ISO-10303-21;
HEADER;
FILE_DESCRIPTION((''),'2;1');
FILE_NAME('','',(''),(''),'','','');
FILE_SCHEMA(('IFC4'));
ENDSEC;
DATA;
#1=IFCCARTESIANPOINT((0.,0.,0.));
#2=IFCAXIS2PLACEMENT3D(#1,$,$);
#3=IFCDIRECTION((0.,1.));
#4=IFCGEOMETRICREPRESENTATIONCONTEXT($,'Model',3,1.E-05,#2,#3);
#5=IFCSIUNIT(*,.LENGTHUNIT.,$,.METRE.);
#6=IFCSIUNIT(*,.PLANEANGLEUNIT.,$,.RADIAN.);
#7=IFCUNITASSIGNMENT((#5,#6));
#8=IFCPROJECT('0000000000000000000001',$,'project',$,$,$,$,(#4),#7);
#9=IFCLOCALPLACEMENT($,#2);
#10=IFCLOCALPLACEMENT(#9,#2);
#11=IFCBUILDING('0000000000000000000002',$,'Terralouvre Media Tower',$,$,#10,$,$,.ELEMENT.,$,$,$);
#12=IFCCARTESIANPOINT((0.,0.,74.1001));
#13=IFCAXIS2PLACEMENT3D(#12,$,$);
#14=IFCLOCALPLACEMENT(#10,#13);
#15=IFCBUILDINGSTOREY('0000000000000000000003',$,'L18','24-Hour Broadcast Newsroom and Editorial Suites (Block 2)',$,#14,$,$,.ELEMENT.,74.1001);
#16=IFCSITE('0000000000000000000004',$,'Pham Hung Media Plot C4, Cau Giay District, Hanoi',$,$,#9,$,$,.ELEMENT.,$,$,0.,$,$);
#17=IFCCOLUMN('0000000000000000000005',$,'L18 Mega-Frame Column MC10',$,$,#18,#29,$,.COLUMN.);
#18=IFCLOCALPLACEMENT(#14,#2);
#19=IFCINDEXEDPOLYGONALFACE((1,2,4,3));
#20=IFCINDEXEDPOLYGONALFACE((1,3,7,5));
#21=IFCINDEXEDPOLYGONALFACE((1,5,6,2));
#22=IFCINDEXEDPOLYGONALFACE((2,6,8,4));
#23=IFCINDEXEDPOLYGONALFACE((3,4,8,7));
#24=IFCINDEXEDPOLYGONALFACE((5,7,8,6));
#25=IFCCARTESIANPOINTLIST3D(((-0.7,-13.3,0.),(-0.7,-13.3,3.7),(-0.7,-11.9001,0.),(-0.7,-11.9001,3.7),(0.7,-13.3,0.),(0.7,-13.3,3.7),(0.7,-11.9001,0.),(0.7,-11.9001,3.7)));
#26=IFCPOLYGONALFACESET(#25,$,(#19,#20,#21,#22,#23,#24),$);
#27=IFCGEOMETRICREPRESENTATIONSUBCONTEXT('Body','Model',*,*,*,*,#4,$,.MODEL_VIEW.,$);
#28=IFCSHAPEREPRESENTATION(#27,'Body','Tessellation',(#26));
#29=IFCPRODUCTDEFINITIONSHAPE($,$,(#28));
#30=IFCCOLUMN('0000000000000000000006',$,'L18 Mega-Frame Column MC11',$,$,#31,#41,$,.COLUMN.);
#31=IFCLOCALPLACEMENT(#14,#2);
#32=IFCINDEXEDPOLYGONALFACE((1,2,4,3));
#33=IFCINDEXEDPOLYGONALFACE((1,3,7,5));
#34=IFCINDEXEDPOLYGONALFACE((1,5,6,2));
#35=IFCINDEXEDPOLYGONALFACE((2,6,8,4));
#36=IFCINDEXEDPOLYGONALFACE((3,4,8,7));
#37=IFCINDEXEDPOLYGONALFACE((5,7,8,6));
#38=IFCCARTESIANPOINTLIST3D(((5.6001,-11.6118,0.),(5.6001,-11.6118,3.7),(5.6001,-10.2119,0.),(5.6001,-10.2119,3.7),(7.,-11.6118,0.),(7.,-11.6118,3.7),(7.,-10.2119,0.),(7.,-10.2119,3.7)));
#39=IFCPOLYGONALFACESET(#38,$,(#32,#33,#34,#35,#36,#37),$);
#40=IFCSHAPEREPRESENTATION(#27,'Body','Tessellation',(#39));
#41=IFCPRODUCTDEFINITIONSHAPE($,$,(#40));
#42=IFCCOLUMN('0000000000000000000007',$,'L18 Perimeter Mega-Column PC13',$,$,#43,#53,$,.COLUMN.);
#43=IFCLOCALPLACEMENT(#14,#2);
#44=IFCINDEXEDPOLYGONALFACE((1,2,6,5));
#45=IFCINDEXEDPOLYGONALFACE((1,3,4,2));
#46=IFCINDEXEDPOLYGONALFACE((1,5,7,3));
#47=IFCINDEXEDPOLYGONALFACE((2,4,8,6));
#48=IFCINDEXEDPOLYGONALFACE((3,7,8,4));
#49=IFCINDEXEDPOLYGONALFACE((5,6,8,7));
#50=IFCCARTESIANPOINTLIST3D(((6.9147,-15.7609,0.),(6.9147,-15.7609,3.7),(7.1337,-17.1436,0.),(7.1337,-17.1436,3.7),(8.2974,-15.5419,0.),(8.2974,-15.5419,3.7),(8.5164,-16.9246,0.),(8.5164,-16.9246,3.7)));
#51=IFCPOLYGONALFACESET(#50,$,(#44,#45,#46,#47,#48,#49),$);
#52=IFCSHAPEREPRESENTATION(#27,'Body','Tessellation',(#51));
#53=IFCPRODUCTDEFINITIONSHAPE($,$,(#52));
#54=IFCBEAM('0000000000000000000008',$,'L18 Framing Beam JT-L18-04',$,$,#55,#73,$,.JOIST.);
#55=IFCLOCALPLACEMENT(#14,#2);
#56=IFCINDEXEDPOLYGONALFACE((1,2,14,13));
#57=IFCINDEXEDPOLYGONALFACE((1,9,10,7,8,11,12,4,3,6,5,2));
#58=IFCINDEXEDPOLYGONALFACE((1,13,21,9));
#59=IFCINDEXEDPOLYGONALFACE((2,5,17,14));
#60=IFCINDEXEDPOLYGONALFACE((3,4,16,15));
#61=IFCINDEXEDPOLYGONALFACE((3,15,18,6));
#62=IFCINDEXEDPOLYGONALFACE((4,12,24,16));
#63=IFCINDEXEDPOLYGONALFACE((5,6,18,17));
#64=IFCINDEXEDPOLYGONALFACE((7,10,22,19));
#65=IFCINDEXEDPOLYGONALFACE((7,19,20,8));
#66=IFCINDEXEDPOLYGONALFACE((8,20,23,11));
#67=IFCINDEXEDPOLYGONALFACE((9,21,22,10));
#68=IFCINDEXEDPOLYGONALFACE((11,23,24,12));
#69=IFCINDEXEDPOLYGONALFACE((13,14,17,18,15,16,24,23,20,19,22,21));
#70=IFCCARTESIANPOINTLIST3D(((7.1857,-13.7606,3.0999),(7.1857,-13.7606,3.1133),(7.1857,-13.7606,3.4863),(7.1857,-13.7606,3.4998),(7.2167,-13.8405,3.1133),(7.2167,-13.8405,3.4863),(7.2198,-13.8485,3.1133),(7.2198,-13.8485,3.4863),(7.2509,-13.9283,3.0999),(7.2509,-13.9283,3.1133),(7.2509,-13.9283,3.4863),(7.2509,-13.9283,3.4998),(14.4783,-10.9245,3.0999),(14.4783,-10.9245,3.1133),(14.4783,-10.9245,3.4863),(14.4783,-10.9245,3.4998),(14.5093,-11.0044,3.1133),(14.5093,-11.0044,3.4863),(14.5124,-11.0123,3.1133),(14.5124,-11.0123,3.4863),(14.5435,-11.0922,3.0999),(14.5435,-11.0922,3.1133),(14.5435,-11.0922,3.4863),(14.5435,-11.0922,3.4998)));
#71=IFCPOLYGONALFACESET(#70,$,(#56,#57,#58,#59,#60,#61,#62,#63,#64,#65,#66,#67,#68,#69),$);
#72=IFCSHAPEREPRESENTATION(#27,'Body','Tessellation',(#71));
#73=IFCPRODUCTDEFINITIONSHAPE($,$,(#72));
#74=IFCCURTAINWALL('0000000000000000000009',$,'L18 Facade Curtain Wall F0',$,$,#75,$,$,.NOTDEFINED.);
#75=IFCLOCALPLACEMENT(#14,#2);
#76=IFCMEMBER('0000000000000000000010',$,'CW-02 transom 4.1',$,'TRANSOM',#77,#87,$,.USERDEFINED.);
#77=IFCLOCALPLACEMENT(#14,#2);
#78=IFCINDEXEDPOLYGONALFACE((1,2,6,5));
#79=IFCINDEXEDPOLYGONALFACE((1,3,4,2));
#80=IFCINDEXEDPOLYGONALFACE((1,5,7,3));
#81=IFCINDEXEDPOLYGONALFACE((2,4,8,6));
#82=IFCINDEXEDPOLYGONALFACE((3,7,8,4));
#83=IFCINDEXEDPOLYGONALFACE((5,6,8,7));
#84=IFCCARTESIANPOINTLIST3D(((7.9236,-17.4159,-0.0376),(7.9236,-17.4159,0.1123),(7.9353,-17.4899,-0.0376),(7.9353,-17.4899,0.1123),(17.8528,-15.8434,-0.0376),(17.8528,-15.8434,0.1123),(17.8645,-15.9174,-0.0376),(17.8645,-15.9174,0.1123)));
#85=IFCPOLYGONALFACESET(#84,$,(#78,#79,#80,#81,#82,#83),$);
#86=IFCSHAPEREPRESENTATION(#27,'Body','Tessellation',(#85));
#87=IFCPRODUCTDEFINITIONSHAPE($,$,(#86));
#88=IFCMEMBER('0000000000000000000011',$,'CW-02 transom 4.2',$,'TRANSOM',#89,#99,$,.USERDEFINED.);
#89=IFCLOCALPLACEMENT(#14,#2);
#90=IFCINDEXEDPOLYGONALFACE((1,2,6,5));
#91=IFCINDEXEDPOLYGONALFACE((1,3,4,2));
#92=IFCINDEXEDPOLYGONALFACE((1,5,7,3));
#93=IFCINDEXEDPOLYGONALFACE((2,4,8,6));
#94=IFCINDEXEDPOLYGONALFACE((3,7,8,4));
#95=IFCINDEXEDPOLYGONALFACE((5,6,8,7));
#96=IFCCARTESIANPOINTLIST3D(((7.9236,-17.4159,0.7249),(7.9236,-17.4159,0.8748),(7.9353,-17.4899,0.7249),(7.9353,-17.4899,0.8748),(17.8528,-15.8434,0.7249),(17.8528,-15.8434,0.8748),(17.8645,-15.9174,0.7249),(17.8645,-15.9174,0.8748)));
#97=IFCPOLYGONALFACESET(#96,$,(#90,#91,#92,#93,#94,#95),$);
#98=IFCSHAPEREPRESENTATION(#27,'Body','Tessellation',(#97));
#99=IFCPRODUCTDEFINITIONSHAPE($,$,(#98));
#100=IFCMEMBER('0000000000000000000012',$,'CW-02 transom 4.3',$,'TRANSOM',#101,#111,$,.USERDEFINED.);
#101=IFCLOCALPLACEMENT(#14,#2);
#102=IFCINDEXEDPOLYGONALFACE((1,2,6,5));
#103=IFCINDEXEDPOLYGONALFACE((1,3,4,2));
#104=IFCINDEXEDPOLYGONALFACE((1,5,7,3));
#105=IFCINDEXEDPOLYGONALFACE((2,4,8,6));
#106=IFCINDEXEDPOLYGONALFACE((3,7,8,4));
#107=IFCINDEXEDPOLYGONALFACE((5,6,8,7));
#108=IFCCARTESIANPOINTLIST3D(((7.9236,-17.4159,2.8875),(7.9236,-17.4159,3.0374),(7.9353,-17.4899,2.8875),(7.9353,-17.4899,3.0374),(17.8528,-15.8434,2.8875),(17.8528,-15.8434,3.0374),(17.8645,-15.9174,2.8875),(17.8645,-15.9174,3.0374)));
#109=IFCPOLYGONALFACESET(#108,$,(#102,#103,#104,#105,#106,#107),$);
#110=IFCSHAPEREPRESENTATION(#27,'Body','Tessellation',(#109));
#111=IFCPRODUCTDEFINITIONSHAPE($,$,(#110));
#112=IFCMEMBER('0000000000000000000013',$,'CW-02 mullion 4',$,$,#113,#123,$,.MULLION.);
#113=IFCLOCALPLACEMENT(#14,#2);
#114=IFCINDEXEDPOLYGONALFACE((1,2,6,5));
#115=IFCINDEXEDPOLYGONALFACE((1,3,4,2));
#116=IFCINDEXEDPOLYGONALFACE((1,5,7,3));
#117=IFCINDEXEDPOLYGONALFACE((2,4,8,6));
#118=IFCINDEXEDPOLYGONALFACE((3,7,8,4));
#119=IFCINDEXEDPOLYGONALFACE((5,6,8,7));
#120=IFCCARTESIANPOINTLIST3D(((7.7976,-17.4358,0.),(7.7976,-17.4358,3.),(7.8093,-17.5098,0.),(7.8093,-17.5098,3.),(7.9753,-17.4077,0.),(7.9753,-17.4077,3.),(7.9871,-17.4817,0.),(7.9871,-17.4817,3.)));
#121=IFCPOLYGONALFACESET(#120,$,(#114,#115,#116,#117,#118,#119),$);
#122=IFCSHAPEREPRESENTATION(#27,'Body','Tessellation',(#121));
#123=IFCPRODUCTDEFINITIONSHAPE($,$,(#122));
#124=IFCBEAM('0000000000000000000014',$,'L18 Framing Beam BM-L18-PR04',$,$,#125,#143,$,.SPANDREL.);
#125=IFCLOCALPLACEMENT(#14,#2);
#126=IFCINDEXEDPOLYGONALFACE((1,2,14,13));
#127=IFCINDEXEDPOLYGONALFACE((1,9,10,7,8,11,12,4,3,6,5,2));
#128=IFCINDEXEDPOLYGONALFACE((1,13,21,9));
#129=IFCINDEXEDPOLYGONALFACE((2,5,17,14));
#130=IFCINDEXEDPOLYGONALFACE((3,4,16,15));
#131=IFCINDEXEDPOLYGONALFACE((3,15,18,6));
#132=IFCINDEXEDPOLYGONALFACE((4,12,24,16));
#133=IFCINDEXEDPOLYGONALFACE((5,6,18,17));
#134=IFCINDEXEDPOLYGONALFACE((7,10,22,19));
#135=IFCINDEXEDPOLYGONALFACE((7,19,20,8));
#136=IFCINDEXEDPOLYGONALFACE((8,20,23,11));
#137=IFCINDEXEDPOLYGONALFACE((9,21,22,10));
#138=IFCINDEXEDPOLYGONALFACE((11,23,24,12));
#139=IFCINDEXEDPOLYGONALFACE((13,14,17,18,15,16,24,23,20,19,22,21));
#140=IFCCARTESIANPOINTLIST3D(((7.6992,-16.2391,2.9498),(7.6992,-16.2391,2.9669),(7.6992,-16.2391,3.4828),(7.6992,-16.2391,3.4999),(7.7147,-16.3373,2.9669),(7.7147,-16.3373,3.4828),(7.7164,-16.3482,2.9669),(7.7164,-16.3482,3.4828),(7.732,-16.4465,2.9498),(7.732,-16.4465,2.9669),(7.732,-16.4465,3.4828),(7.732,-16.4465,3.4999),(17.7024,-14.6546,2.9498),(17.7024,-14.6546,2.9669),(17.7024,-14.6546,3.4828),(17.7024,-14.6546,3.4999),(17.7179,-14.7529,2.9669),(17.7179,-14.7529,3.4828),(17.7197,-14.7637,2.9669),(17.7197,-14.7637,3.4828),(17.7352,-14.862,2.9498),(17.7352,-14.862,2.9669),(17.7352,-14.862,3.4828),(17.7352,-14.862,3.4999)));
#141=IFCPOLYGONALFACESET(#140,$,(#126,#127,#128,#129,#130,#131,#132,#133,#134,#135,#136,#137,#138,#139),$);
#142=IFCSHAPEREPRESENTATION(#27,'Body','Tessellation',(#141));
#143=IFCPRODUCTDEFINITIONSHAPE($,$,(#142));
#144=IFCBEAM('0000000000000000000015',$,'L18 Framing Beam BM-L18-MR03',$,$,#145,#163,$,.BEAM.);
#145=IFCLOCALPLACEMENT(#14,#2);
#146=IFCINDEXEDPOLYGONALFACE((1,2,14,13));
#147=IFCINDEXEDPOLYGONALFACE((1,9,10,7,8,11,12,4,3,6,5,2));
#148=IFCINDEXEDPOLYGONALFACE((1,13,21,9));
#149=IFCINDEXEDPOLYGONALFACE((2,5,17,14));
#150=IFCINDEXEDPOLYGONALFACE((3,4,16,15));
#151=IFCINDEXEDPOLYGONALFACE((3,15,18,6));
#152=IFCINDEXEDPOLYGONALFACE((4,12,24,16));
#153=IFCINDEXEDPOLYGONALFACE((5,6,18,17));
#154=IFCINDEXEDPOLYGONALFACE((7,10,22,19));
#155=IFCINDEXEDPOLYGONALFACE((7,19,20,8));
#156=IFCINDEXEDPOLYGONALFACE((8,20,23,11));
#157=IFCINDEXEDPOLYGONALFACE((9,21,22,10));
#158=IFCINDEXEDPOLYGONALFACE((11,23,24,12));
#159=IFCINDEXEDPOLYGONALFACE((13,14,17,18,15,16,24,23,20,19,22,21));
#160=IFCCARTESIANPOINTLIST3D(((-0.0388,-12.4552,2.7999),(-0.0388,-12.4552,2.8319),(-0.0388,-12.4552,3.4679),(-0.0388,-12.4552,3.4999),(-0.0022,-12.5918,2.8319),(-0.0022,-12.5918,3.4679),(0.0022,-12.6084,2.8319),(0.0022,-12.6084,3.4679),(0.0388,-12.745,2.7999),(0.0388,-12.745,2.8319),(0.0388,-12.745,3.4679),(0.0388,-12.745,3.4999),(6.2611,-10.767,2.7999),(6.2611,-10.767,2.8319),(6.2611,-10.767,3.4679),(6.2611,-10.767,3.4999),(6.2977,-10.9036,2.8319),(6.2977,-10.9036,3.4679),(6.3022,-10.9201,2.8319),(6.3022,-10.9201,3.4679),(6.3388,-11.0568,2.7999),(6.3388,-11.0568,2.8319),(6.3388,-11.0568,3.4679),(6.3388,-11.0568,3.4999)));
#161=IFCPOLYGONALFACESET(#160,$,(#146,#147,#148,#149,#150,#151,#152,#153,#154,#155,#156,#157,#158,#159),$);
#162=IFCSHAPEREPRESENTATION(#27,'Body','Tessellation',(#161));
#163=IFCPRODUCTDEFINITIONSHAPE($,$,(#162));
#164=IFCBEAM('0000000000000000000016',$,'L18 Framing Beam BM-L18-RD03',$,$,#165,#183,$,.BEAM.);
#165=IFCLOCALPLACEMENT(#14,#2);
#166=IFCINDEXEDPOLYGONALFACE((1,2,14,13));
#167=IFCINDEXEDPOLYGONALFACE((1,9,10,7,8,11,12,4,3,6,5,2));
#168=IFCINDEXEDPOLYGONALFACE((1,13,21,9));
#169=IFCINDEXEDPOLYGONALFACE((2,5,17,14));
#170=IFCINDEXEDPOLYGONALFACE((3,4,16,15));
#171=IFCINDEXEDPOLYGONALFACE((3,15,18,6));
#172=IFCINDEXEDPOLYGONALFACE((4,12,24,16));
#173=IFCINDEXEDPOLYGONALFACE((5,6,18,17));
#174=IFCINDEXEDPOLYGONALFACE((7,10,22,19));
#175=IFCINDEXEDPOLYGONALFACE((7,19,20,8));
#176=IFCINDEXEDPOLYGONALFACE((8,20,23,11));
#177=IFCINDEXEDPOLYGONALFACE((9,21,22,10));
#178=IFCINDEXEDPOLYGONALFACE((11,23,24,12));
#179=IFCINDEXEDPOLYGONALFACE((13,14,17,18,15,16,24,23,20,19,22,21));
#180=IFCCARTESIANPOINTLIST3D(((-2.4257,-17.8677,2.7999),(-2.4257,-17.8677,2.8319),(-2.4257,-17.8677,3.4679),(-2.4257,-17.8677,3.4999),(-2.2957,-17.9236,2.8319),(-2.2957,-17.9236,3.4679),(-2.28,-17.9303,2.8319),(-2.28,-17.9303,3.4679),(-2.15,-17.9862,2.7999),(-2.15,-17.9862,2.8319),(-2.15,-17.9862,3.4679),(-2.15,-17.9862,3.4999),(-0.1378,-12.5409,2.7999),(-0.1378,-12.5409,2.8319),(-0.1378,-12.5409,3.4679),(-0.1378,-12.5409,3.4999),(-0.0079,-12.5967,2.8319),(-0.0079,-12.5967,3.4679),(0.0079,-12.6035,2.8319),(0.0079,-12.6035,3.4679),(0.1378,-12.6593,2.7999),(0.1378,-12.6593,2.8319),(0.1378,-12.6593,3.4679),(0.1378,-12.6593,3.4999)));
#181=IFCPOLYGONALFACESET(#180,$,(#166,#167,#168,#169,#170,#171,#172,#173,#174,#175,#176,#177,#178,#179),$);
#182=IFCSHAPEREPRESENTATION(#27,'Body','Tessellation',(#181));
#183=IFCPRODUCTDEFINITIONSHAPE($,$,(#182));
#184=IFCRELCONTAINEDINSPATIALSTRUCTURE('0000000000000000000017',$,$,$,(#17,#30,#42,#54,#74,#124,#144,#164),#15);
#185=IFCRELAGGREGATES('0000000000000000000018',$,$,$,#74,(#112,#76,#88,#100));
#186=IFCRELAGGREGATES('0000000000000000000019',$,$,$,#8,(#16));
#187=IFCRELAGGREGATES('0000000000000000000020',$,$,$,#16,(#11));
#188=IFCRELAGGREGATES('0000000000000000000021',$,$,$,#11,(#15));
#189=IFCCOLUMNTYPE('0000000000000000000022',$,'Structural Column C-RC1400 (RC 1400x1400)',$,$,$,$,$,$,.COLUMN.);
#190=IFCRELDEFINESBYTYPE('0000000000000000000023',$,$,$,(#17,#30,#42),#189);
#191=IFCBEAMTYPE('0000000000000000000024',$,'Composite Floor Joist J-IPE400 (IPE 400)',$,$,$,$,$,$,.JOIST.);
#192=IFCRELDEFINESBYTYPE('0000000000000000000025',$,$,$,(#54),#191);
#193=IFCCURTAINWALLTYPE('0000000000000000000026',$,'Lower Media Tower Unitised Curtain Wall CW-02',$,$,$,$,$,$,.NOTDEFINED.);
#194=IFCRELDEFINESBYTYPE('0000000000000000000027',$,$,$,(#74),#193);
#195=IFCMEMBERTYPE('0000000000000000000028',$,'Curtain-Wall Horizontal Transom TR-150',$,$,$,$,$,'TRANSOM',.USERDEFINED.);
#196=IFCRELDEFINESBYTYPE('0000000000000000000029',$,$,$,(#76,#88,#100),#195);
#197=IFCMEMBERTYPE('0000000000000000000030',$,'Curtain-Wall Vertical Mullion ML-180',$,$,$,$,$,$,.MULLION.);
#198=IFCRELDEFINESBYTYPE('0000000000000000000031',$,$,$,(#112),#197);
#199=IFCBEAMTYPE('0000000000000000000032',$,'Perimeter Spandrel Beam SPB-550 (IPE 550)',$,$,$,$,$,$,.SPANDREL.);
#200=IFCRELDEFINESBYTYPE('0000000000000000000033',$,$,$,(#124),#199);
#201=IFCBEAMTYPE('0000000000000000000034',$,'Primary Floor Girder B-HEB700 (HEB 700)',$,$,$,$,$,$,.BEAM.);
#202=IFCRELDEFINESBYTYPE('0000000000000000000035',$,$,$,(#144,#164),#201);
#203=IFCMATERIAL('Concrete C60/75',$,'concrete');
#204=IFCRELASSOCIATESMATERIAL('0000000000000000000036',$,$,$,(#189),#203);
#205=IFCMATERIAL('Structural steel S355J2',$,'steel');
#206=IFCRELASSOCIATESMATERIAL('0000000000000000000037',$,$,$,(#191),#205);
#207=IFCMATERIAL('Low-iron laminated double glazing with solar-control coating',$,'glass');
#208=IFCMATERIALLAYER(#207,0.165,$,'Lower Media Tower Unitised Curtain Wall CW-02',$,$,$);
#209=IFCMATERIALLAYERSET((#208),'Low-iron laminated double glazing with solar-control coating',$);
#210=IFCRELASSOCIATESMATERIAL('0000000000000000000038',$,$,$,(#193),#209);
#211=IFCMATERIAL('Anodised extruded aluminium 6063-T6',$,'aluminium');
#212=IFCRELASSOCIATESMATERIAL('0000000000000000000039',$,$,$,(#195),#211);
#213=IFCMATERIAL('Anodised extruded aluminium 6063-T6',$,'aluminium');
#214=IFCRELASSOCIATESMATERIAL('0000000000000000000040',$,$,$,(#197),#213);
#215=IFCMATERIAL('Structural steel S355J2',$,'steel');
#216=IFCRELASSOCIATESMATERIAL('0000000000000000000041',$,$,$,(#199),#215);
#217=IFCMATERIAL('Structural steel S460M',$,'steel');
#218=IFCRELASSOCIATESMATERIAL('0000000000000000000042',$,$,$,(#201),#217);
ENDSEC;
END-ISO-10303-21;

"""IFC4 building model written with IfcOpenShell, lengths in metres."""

from ifc_helpers import new_model, si_unit, direction, frame, origin, origin_2d, place, context, subcontext, project, spatial, rectangle, i_section, extrude, material, layer, layer_set, material_profile, profile_set, type_object, element, aggregate, save


model = new_model("IFC4")

# Units and contexts
model_context = context("Model", 3, precision=1e-05, world=origin(), true_north=direction((0.0, 1.0)))
body_context = subcontext(model_context, "Body", "Model", "MODEL_VIEW")
ifc_project = project(units=[si_unit("LENGTHUNIT", "METRE"), si_unit("PLANEANGLEUNIT", "RADIAN")], contexts=[model_context])

# Site, building, storey
site_placement = place(None, origin())
site = spatial("IfcSite", under=ifc_project, at=site_placement, Name="Pham Hung Media Plot C4, Cau Giay District, Hanoi", CompositionType="ELEMENT", RefElevation=0.0)
building_placement = place(site_placement, origin())
building = spatial("IfcBuilding", under=site, at=building_placement, Name="Terralouvre Media Tower", CompositionType="ELEMENT")
storey_placement = place(building_placement, frame((0.0, 0.0, 74.1001)))
storey = spatial("IfcBuildingStorey", under=building, at=storey_placement, Name="L18", Description="24-Hour Broadcast Newsroom and Editorial Suites (Block 2)", CompositionType="ELEMENT", Elevation=74.1001)

# Columns
ifc_material_1 = material(Name="Concrete C60/75", Category="concrete")
ifc_material_profile_1 = material_profile(ifc_material_1, rectangle(XDim=1.3999, YDim=1.3999, at=origin_2d()), Name="RC 1400x1400")
ifc_profile_set_1 = profile_set([ifc_material_profile_1], Name="Concrete C60/75")
column_type = type_object("IfcColumnType", Name="Structural Column C-RC1400 (RC 1400x1400)", PredefinedType="COLUMN", material=ifc_profile_set_1)
for number, where, z_axis, x_axis, name in (
    (1, (0.0, -12.6001, 0.0), (0.0, 0.0, 1.0), (1.0, 0.0, 0.0), "L18 Mega-Frame Column MC10"),
    (2, (6.3, -10.9119, 0.0), (0.0, 0.0, 1.0), (1.0, 0.0, 0.0), "L18 Mega-Frame Column MC11"),
    (3, (7.7156, -16.3428, 0.0), (0.0, 0.0, 1.0), (0.987688, 0.156434, 0.0), "L18 Perimeter Mega-Column PC13"),
):
    element("IfcColumn", number, at=place(storey_placement, frame(where, z_axis=z_axis, x_axis=x_axis)), inside=storey, type_object=column_type, Name=name, PredefinedType="COLUMN", context=body_context, shape_type="SweptSolid", body=[
        extrude(rectangle(XDim=1.3999, YDim=1.3999, at=origin_2d()), origin(), (0.0, 0.0, 1.0), 3.7),
    ])

# Beam
ifc_material_2 = material(Name="Structural steel S355J2", Category="steel")
ifc_material_profile_2 = material_profile(ifc_material_2, i_section(OverallWidth=0.1799, OverallDepth=0.3999, WebThickness=0.0085, FlangeThickness=0.0134, at=origin_2d()), Name="IPE 400")
ifc_profile_set_2 = profile_set([ifc_material_profile_2], Name="Structural steel S355J2")
beam_type_1 = type_object("IfcBeamType", Name="Composite Floor Joist J-IPE400 (IPE 400)", PredefinedType="JOIST", material=ifc_profile_set_2)
beam_1_placement = place(storey_placement, frame((7.2183, -13.8445, 3.2998), z_axis=(0.931999, 0.36246, 0.0), x_axis=(-0.36246, 0.931999, 0.0)))
element("IfcBeam", 4, at=beam_1_placement, inside=storey, type_object=beam_type_1, Name="L18 Framing Beam JT-L18-04", PredefinedType="JOIST", context=body_context, shape_type="SweptSolid", body=[
    extrude(i_section(OverallWidth=0.1799, OverallDepth=0.3999, WebThickness=0.0085, FlangeThickness=0.0134, at=origin_2d()), origin(), (0.0, 0.0, 1.0), 7.8247),
])

# Curtain wall, members
ifc_material_3 = material(Name="Low-iron laminated double glazing with solar-control coating", Category="glass")
ifc_layer_1 = layer(ifc_material_3, 0.165, Name="Lower Media Tower Unitised Curtain Wall CW-02")
ifc_layer_set_1 = layer_set([ifc_layer_1], Name="Low-iron laminated double glazing with solar-control coating")
curtain_wall_type = type_object("IfcCurtainWallType", Name="Lower Media Tower Unitised Curtain Wall CW-02", PredefinedType="NOTDEFINED", material=ifc_layer_set_1)
curtain_wall_placement = place(storey_placement, origin())
curtain_wall = element("IfcCurtainWall", 5, at=curtain_wall_placement, inside=storey, type_object=curtain_wall_type, Name="L18 Facade Curtain Wall F0", PredefinedType="NOTDEFINED")
ifc_material_4 = material(Name="Anodised extruded aluminium 6063-T6", Category="aluminium")
ifc_material_profile_3 = material_profile(ifc_material_4, rectangle(XDim=0.075, YDim=0.1499, at=origin_2d()), Name="ALU 75x150")
ifc_profile_set_3 = profile_set([ifc_material_profile_3], Name="Anodised extruded aluminium 6063-T6")
member_type_1 = type_object("IfcMemberType", Name="Curtain-Wall Horizontal Transom TR-150", ElementType="TRANSOM", PredefinedType="USERDEFINED", material=ifc_profile_set_3)
member_1_placement = place(storey_placement, frame((7.9294, -17.4529, 0.0374), z_axis=(0.98769, 0.156423, 0.0), x_axis=(-0.156423, 0.98769, 0.0)))
member_1 = element("IfcMember", 6, at=member_1_placement, type_object=member_type_1, Name="CW-02 transom 4.1", ObjectType="TRANSOM", PredefinedType="USERDEFINED", context=body_context, shape_type="SweptSolid", body=[
    extrude(rectangle(XDim=0.075, YDim=0.1499, at=origin_2d()), origin(), (0.0, 0.0, 1.0), 10.053),
])
member_2_placement = place(storey_placement, frame((7.9294, -17.4529, 0.7998), z_axis=(0.98769, 0.156423, 0.0), x_axis=(-0.156423, 0.98769, 0.0)))
member_2 = element("IfcMember", 7, at=member_2_placement, type_object=member_type_1, Name="CW-02 transom 4.2", ObjectType="TRANSOM", PredefinedType="USERDEFINED", context=body_context, shape_type="SweptSolid", body=[
    extrude(rectangle(XDim=0.075, YDim=0.1499, at=origin_2d()), origin(), (0.0, 0.0, 1.0), 10.053),
])
member_3_placement = place(storey_placement, frame((7.9294, -17.4529, 2.9624), z_axis=(0.98769, 0.156423, 0.0), x_axis=(-0.156423, 0.98769, 0.0)))
member_3 = element("IfcMember", 8, at=member_3_placement, type_object=member_type_1, Name="CW-02 transom 4.3", ObjectType="TRANSOM", PredefinedType="USERDEFINED", context=body_context, shape_type="SweptSolid", body=[
    extrude(rectangle(XDim=0.075, YDim=0.1499, at=origin_2d()), origin(), (0.0, 0.0, 1.0), 10.053),
])
ifc_material_5 = material(Name="Anodised extruded aluminium 6063-T6", Category="aluminium")
ifc_material_profile_4 = material_profile(ifc_material_5, rectangle(XDim=0.075, YDim=0.1799, at=origin_2d()), Name="ALU 75x180")
ifc_profile_set_4 = profile_set([ifc_material_profile_4], Name="Anodised extruded aluminium 6063-T6")
member_type_2 = type_object("IfcMemberType", Name="Curtain-Wall Vertical Mullion ML-180", PredefinedType="MULLION", material=ifc_profile_set_4)
member_4_placement = place(storey_placement, frame((7.8923, -17.4587, 0.0), z_axis=(0.0, 0.0, 1.0), x_axis=(-0.156434, 0.987688, 0.0)))
member_4 = element("IfcMember", 9, at=member_4_placement, type_object=member_type_2, Name="CW-02 mullion 4", PredefinedType="MULLION", context=body_context, shape_type="SweptSolid", body=[
    extrude(rectangle(XDim=0.075, YDim=0.1799, at=origin_2d()), origin(), (0.0, 0.0, 1.0), 3.0),
])

# Beams
ifc_material_6 = material(Name="Structural steel S355J2", Category="steel")
ifc_material_profile_5 = material_profile(ifc_material_6, i_section(OverallWidth=0.21, OverallDepth=0.55, WebThickness=0.011, FlangeThickness=0.0171, at=origin_2d()), Name="IPE 550")
ifc_profile_set_5 = profile_set([ifc_material_profile_5], Name="Structural steel S355J2")
beam_type_2 = type_object("IfcBeamType", Name="Perimeter Spandrel Beam SPB-550 (IPE 550)", PredefinedType="SPANDREL", material=ifc_profile_set_5)
beam_2_placement = place(storey_placement, frame((7.7156, -16.3428, 3.2249), z_axis=(0.987686, 0.156447, 0.0), x_axis=(-0.156447, 0.987686, 0.0)))
element("IfcBeam", 10, at=beam_2_placement, inside=storey, type_object=beam_type_2, Name="L18 Framing Beam BM-L18-PR04", PredefinedType="SPANDREL", context=body_context, shape_type="SweptSolid", body=[
    extrude(i_section(OverallWidth=0.21, OverallDepth=0.55, WebThickness=0.011, FlangeThickness=0.0171, at=origin_2d()), origin(), (0.0, 0.0, 1.0), 10.1279),
])
ifc_material_7 = material(Name="Structural steel S460M", Category="steel")
ifc_material_profile_6 = material_profile(ifc_material_7, i_section(OverallWidth=0.3, OverallDepth=0.7, WebThickness=0.0171, FlangeThickness=0.032, at=origin_2d()), Name="HEB 700")
ifc_profile_set_6 = profile_set([ifc_material_profile_6], Name="Structural steel S460M")
beam_type_3 = type_object("IfcBeamType", Name="Primary Floor Girder B-HEB700 (HEB 700)", PredefinedType="BEAM", material=ifc_profile_set_6)
beam_3_placement = place(storey_placement, frame((0.0, -12.6001, 3.1499), z_axis=(0.96592, 0.258839, 0.0), x_axis=(-0.258839, 0.96592, 0.0)))
element("IfcBeam", 11, at=beam_3_placement, inside=storey, type_object=beam_type_3, Name="L18 Framing Beam BM-L18-MR03", PredefinedType="BEAM", context=body_context, shape_type="SweptSolid", body=[
    extrude(i_section(OverallWidth=0.3, OverallDepth=0.7, WebThickness=0.0171, FlangeThickness=0.032, at=origin_2d()), origin(), (0.0, 0.0, 1.0), 6.5222),
])
beam_4_placement = place(storey_placement, frame((0.0, -12.6001, 3.1499), z_axis=(-0.394631, -0.91884, 0.0), x_axis=(0.91884, -0.394631, 0.0)))
element("IfcBeam", 12, at=beam_4_placement, inside=storey, type_object=beam_type_3, Name="L18 Framing Beam BM-L18-RD03", PredefinedType="BEAM", context=body_context, shape_type="SweptSolid", body=[
    extrude(i_section(OverallWidth=0.3, OverallDepth=0.7, WebThickness=0.0171, FlangeThickness=0.032, at=origin_2d()), origin(), (0.0, 0.0, 1.0), 5.7974),
])

aggregate(curtain_wall, [member_4, member_1, member_2, member_3])

save(model, "model.ifc")
